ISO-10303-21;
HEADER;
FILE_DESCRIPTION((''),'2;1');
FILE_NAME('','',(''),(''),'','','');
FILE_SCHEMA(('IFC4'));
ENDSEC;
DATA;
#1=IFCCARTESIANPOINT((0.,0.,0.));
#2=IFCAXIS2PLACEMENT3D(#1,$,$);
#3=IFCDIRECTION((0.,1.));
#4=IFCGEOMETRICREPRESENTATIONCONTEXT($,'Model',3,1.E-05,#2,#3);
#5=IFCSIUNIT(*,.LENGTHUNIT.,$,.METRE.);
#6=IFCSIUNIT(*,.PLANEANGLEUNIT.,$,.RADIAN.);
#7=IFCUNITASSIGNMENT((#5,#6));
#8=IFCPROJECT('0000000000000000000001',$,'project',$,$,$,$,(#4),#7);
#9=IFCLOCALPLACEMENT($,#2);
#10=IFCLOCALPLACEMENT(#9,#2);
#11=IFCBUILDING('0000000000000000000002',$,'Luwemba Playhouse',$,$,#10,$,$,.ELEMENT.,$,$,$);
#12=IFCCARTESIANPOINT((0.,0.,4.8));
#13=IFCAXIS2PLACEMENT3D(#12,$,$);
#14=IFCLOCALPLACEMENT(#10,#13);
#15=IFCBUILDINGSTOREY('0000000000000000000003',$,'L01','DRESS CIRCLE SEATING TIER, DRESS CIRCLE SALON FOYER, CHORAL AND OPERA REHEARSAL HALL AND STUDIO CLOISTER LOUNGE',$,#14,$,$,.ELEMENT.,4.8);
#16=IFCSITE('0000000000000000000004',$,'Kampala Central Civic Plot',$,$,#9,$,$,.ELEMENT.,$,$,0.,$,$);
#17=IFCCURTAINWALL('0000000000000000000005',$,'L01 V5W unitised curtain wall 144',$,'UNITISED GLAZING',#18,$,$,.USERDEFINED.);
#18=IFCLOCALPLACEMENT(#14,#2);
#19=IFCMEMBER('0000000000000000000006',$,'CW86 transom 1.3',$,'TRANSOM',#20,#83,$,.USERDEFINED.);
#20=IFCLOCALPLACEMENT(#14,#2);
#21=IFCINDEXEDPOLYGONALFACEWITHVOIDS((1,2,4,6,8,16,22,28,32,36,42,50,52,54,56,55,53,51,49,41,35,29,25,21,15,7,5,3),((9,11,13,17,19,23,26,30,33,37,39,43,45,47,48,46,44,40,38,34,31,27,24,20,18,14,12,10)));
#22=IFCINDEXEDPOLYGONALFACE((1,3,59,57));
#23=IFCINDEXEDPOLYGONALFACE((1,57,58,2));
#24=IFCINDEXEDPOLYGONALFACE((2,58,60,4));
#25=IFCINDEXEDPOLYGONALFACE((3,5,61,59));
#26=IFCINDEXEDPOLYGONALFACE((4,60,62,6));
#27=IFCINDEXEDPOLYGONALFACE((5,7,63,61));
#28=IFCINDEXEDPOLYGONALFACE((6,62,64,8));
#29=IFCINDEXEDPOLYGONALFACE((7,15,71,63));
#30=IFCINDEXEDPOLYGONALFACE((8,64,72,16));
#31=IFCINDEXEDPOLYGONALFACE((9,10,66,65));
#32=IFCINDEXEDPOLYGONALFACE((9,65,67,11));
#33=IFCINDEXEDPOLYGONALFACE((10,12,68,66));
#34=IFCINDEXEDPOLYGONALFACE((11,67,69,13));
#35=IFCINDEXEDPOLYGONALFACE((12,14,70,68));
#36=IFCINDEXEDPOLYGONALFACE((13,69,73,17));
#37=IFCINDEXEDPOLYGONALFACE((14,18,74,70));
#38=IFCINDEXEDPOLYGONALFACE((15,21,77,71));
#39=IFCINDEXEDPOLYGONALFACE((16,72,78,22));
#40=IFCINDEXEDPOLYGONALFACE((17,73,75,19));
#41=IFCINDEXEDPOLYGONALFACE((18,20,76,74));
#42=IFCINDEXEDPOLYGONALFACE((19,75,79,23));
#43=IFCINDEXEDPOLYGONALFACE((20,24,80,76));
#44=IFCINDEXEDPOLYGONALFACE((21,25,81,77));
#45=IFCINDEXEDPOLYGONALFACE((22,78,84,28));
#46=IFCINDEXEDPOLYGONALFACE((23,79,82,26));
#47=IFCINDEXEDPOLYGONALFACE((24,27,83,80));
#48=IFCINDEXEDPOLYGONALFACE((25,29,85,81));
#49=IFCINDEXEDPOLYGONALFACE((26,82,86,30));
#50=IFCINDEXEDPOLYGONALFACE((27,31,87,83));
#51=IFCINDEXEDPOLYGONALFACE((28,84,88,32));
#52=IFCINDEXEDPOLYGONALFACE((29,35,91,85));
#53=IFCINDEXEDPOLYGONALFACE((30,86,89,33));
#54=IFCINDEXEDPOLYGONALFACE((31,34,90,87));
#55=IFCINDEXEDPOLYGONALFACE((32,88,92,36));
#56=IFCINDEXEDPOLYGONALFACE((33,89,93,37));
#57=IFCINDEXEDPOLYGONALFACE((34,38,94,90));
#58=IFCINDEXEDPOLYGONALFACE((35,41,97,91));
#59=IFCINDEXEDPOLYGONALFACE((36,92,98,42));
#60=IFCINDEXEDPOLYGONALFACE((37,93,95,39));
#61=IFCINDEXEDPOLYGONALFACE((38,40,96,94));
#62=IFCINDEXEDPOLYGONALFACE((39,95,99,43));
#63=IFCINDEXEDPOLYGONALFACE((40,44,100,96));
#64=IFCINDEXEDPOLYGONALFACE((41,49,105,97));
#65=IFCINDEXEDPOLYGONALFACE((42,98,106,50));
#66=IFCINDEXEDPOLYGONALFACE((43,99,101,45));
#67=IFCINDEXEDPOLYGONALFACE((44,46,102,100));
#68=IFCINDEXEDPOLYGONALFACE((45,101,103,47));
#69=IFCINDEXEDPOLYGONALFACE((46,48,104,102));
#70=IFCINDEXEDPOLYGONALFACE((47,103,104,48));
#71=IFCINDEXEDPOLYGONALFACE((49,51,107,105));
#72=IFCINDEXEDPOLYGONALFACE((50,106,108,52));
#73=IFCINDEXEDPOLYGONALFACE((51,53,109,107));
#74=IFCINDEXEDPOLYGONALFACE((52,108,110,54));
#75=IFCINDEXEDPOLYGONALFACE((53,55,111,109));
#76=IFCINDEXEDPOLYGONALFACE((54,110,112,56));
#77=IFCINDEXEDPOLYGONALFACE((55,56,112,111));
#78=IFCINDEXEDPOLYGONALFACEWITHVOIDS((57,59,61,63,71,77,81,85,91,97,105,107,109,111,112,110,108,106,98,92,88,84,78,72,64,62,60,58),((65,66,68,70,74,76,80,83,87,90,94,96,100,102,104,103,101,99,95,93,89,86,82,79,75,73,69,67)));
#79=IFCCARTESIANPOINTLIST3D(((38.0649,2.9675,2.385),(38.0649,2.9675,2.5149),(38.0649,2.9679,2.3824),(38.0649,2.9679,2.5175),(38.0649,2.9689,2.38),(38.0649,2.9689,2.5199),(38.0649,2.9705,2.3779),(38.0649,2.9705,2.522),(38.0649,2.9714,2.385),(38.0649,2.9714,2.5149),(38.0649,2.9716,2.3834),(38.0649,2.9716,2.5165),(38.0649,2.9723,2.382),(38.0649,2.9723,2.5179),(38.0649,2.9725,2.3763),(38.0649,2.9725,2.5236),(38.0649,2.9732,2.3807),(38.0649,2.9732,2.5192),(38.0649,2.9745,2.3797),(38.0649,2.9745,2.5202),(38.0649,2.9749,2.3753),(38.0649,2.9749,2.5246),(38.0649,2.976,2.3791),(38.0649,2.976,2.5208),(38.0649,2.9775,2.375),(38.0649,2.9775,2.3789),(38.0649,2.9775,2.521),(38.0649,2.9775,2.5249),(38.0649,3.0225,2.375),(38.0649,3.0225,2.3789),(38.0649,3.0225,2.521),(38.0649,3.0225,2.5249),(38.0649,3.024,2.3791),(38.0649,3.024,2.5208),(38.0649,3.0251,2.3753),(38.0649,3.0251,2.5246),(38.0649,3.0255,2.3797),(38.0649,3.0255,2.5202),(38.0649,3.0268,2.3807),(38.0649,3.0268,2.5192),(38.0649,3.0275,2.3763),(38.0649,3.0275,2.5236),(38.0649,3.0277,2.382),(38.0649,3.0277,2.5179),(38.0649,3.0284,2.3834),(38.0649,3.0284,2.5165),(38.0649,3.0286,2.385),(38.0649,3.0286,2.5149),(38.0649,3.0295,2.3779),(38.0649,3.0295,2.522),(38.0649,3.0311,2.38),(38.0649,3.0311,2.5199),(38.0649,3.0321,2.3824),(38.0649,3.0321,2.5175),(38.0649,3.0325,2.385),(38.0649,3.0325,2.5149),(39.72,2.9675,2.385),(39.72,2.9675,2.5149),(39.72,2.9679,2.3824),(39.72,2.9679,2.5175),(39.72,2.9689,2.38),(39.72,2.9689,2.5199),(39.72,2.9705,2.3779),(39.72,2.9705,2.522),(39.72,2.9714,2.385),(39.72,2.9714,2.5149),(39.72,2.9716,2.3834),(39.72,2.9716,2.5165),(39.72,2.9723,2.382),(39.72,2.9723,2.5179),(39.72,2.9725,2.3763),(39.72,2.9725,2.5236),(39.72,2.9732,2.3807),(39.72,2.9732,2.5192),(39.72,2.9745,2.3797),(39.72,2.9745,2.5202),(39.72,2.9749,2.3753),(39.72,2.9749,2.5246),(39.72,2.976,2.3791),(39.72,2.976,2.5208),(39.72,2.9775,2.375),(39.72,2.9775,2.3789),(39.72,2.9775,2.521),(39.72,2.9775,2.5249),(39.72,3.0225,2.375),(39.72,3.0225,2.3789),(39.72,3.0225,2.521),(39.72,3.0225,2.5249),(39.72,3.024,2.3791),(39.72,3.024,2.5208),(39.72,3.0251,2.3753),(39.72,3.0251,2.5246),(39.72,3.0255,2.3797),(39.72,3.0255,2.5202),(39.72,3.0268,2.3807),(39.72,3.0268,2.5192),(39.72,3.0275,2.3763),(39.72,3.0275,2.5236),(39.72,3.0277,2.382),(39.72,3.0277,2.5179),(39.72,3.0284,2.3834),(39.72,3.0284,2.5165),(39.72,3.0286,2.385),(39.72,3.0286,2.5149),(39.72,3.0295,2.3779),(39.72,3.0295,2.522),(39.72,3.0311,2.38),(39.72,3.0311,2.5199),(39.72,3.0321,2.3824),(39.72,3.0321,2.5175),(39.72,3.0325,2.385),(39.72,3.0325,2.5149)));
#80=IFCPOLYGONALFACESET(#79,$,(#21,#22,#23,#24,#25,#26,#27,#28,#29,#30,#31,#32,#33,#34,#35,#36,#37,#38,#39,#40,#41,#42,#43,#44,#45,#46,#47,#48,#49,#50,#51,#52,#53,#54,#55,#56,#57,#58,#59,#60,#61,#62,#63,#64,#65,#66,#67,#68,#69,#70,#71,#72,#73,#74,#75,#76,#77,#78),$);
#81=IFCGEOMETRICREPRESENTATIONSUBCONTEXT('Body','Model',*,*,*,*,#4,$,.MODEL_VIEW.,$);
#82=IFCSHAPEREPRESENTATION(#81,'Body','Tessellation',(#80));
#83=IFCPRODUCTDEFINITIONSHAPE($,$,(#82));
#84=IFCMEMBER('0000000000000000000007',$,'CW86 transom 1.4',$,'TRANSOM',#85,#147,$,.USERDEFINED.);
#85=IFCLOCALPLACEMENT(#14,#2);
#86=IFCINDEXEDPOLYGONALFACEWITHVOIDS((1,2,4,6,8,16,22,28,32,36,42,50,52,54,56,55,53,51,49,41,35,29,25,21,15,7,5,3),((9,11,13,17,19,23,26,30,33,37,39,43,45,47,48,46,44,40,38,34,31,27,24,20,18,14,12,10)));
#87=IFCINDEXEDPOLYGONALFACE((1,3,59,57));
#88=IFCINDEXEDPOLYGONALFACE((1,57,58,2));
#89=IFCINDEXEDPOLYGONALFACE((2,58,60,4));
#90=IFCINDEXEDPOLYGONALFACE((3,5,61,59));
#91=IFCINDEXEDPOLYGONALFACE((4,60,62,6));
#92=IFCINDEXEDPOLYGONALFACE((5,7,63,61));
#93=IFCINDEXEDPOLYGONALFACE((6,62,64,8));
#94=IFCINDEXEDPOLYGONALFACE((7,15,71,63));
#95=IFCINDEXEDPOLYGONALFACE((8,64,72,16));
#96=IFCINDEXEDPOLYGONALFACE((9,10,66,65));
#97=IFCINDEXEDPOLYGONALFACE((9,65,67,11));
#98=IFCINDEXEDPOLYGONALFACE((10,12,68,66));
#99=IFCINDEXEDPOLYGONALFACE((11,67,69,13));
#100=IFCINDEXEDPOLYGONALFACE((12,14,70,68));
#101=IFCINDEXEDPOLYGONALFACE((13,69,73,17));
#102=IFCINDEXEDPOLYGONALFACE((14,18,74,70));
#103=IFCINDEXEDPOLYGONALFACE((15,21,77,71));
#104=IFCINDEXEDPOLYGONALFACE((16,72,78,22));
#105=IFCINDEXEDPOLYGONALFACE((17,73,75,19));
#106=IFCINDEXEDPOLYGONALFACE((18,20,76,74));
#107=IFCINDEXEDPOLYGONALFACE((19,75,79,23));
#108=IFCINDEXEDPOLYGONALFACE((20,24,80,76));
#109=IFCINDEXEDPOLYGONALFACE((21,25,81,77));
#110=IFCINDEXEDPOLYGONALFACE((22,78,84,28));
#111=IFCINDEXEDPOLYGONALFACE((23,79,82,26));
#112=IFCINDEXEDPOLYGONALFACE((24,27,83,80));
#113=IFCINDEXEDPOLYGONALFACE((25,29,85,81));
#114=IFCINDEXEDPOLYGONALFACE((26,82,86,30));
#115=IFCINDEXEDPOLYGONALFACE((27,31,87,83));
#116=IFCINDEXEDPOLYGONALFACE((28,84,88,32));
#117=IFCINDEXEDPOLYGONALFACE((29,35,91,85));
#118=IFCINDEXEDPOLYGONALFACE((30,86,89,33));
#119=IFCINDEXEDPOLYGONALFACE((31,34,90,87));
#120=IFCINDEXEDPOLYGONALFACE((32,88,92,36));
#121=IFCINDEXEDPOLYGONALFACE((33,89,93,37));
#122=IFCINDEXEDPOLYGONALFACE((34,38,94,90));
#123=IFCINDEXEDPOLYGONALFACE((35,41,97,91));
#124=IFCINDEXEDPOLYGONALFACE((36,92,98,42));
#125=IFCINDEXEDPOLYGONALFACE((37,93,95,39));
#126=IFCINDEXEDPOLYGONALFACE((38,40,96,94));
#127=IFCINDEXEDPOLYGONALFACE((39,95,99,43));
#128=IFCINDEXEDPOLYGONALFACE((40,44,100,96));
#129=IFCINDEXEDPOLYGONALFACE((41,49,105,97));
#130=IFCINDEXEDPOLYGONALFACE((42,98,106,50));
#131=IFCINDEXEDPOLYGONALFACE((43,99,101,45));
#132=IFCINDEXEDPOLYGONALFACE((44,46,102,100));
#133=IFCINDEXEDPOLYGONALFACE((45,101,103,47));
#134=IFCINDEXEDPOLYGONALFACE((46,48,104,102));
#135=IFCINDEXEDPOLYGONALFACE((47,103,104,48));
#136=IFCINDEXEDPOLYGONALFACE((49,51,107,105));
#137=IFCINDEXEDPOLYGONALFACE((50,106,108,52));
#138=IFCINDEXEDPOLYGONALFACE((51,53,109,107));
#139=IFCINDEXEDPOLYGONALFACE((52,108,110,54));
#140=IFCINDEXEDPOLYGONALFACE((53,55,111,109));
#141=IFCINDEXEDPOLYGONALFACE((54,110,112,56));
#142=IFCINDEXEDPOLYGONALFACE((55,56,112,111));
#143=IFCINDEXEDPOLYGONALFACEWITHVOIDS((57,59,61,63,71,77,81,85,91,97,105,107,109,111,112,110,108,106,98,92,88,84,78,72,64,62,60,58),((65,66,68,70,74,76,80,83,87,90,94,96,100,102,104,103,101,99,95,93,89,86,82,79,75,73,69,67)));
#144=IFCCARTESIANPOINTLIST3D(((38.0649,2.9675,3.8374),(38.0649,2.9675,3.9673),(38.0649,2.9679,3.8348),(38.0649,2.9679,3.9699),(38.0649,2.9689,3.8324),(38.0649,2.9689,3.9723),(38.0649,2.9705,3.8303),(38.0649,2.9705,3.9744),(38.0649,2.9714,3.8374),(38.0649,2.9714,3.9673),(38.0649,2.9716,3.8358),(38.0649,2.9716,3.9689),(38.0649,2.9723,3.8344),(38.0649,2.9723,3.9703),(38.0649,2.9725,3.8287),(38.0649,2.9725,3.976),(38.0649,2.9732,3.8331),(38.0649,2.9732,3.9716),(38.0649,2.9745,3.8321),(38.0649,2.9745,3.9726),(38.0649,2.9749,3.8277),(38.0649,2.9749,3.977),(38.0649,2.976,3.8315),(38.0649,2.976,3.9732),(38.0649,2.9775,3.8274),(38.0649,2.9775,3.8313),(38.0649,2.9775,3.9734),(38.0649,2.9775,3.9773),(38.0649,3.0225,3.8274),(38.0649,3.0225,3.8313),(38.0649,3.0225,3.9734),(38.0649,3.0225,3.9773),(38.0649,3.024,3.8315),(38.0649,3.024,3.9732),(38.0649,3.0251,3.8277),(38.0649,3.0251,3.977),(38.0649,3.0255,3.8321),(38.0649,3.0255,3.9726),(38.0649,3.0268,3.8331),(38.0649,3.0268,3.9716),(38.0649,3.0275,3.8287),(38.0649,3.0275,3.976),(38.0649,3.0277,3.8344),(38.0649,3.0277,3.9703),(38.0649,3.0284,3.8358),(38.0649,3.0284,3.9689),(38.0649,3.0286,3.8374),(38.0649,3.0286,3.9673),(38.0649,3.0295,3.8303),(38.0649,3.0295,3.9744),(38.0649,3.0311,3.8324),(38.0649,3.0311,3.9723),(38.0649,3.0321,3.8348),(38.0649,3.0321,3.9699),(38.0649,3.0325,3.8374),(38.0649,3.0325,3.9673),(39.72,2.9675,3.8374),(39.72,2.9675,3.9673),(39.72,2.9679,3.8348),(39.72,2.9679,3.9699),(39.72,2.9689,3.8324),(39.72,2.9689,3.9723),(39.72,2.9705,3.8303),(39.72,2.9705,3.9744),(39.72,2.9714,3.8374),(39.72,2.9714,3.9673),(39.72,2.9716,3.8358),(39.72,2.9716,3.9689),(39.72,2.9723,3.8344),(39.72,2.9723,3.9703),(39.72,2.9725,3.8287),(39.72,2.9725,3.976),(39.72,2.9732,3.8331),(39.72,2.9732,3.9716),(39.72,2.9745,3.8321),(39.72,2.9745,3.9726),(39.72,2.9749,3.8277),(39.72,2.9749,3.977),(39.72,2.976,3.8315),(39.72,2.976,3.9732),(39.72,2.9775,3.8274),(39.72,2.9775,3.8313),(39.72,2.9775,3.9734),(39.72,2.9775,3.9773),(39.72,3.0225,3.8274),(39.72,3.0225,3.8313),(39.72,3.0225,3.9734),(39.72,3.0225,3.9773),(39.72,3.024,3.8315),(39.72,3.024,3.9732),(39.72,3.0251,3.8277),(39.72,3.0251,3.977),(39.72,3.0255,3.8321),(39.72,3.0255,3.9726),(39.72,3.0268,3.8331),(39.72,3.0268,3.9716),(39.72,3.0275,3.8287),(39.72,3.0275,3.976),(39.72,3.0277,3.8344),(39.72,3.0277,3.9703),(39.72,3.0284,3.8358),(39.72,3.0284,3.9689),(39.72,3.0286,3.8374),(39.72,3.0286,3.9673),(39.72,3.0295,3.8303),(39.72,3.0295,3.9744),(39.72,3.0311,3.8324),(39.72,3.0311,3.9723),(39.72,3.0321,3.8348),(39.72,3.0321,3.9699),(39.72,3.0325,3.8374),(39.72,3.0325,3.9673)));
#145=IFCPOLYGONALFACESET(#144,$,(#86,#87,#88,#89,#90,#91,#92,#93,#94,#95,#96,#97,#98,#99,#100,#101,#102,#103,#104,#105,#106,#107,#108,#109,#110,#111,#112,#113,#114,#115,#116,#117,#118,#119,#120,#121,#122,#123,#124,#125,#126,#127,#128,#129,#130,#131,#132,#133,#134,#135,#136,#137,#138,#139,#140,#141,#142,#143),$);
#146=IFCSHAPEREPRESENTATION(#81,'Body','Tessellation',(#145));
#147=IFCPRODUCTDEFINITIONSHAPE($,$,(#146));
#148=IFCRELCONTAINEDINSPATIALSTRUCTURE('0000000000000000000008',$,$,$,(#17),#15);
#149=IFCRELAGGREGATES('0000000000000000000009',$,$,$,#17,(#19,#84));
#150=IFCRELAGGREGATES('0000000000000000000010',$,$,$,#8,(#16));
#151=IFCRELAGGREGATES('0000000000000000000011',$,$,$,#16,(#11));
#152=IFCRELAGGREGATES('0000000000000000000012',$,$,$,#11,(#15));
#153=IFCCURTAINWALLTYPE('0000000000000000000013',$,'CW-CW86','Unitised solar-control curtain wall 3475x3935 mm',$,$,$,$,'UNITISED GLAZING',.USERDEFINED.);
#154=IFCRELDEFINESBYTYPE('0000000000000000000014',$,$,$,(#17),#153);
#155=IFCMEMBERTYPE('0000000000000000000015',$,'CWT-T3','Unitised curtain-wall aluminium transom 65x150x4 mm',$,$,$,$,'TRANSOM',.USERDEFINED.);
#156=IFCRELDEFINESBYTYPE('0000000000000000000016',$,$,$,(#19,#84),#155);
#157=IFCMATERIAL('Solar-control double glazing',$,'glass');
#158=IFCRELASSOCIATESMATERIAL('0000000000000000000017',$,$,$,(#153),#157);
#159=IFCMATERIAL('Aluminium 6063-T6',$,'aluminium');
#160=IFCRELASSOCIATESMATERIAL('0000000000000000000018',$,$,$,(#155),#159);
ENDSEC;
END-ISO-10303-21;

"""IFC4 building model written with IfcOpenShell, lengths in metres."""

from ifc_helpers import new_model, si_unit, direction, frame, origin, origin_2d, place, context, subcontext, project, spatial, hollow_rectangle, extrude, material, material_profile, profile_set, type_object, element, aggregate, save


model = new_model("IFC4")

# Units and contexts
model_context = context("Model", 3, precision=1e-05, world=origin(), true_north=direction((0.0, 1.0)))
body_context = subcontext(model_context, "Body", "Model", "MODEL_VIEW")
ifc_project = project(units=[si_unit("LENGTHUNIT", "METRE"), si_unit("PLANEANGLEUNIT", "RADIAN")], contexts=[model_context])

# Site, building, storey
site_placement = place(None, origin())
site = spatial("IfcSite", under=ifc_project, at=site_placement, Name="Kampala Central Civic Plot", CompositionType="ELEMENT", RefElevation=0.0)
building_placement = place(site_placement, origin())
building = spatial("IfcBuilding", under=site, at=building_placement, Name="Luwemba Playhouse", CompositionType="ELEMENT")
storey_placement = place(building_placement, frame((0.0, 0.0, 4.8)))
storey = spatial("IfcBuildingStorey", under=building, at=storey_placement, Name="L01", Description="DRESS CIRCLE SEATING TIER, DRESS CIRCLE SALON FOYER, CHORAL AND OPERA REHEARSAL HALL AND STUDIO CLOISTER LOUNGE", CompositionType="ELEMENT", Elevation=4.8)

# Curtain wall
ifc_material_1 = material(Name="Solar-control double glazing", Category="glass")
ifc_material_2 = material(Name="Aluminium 6063-T6", Category="aluminium")
curtain_wall_type_1 = type_object("IfcCurtainWallType", Name="CW-CW86", Description="Unitised solar-control curtain wall 3475x3935 mm", ElementType="UNITISED GLAZING", PredefinedType="USERDEFINED", material=ifc_material_1)
curtain_wall_1_placement = place(storey_placement, origin())
curtain_wall_1 = element("IfcCurtainWall", 1, at=curtain_wall_1_placement, inside=storey, type_object=curtain_wall_type_1, Name="L01 V5W unitised curtain wall 144", ObjectType="UNITISED GLAZING", PredefinedType="USERDEFINED")

# Members
ifc_material_profile_1 = material_profile(ifc_material_2, hollow_rectangle(XDim=0.0649, YDim=0.1499, WallThickness=0.0039, InnerFilletRadius=0.0061, OuterFilletRadius=0.01, at=origin_2d()))
ifc_profile_set_1 = profile_set([ifc_material_profile_1], Name="Aluminium 6063-T6")
member_type_1 = type_object("IfcMemberType", Name="CWT-T3", Description="Unitised curtain-wall aluminium transom 65x150x4 mm", ElementType="TRANSOM", PredefinedType="USERDEFINED", material=ifc_profile_set_1)
member_1_placement = place(storey_placement, frame((39.72, 3.0, 2.45), z_axis=(-1.0, 0.0, 0.0), x_axis=(0.0, -1.0, 0.0)))
member_1 = element("IfcMember", 2, at=member_1_placement, type_object=member_type_1, Name="CW86 transom 1.3", ObjectType="TRANSOM", PredefinedType="USERDEFINED", context=body_context, shape_type="SweptSolid", body=[
    extrude(hollow_rectangle(XDim=0.0649, YDim=0.1499, WallThickness=0.0039, InnerFilletRadius=0.0061, OuterFilletRadius=0.01, at=origin_2d()), origin(), (0.0, 0.0, 1.0), 1.655),
])
member_2_placement = place(storey_placement, frame((39.72, 3.0, 3.9023), z_axis=(-1.0, 0.0, 0.0), x_axis=(0.0, -1.0, 0.0)))
member_2 = element("IfcMember", 3, at=member_2_placement, type_object=member_type_1, Name="CW86 transom 1.4", ObjectType="TRANSOM", PredefinedType="USERDEFINED", context=body_context, shape_type="SweptSolid", body=[
    extrude(hollow_rectangle(XDim=0.0649, YDim=0.1499, WallThickness=0.0039, InnerFilletRadius=0.0061, OuterFilletRadius=0.01, at=origin_2d()), origin(), (0.0, 0.0, 1.0), 1.655),
])

aggregate(curtain_wall_1, [member_1, member_2])

save(model, "model.ifc")
